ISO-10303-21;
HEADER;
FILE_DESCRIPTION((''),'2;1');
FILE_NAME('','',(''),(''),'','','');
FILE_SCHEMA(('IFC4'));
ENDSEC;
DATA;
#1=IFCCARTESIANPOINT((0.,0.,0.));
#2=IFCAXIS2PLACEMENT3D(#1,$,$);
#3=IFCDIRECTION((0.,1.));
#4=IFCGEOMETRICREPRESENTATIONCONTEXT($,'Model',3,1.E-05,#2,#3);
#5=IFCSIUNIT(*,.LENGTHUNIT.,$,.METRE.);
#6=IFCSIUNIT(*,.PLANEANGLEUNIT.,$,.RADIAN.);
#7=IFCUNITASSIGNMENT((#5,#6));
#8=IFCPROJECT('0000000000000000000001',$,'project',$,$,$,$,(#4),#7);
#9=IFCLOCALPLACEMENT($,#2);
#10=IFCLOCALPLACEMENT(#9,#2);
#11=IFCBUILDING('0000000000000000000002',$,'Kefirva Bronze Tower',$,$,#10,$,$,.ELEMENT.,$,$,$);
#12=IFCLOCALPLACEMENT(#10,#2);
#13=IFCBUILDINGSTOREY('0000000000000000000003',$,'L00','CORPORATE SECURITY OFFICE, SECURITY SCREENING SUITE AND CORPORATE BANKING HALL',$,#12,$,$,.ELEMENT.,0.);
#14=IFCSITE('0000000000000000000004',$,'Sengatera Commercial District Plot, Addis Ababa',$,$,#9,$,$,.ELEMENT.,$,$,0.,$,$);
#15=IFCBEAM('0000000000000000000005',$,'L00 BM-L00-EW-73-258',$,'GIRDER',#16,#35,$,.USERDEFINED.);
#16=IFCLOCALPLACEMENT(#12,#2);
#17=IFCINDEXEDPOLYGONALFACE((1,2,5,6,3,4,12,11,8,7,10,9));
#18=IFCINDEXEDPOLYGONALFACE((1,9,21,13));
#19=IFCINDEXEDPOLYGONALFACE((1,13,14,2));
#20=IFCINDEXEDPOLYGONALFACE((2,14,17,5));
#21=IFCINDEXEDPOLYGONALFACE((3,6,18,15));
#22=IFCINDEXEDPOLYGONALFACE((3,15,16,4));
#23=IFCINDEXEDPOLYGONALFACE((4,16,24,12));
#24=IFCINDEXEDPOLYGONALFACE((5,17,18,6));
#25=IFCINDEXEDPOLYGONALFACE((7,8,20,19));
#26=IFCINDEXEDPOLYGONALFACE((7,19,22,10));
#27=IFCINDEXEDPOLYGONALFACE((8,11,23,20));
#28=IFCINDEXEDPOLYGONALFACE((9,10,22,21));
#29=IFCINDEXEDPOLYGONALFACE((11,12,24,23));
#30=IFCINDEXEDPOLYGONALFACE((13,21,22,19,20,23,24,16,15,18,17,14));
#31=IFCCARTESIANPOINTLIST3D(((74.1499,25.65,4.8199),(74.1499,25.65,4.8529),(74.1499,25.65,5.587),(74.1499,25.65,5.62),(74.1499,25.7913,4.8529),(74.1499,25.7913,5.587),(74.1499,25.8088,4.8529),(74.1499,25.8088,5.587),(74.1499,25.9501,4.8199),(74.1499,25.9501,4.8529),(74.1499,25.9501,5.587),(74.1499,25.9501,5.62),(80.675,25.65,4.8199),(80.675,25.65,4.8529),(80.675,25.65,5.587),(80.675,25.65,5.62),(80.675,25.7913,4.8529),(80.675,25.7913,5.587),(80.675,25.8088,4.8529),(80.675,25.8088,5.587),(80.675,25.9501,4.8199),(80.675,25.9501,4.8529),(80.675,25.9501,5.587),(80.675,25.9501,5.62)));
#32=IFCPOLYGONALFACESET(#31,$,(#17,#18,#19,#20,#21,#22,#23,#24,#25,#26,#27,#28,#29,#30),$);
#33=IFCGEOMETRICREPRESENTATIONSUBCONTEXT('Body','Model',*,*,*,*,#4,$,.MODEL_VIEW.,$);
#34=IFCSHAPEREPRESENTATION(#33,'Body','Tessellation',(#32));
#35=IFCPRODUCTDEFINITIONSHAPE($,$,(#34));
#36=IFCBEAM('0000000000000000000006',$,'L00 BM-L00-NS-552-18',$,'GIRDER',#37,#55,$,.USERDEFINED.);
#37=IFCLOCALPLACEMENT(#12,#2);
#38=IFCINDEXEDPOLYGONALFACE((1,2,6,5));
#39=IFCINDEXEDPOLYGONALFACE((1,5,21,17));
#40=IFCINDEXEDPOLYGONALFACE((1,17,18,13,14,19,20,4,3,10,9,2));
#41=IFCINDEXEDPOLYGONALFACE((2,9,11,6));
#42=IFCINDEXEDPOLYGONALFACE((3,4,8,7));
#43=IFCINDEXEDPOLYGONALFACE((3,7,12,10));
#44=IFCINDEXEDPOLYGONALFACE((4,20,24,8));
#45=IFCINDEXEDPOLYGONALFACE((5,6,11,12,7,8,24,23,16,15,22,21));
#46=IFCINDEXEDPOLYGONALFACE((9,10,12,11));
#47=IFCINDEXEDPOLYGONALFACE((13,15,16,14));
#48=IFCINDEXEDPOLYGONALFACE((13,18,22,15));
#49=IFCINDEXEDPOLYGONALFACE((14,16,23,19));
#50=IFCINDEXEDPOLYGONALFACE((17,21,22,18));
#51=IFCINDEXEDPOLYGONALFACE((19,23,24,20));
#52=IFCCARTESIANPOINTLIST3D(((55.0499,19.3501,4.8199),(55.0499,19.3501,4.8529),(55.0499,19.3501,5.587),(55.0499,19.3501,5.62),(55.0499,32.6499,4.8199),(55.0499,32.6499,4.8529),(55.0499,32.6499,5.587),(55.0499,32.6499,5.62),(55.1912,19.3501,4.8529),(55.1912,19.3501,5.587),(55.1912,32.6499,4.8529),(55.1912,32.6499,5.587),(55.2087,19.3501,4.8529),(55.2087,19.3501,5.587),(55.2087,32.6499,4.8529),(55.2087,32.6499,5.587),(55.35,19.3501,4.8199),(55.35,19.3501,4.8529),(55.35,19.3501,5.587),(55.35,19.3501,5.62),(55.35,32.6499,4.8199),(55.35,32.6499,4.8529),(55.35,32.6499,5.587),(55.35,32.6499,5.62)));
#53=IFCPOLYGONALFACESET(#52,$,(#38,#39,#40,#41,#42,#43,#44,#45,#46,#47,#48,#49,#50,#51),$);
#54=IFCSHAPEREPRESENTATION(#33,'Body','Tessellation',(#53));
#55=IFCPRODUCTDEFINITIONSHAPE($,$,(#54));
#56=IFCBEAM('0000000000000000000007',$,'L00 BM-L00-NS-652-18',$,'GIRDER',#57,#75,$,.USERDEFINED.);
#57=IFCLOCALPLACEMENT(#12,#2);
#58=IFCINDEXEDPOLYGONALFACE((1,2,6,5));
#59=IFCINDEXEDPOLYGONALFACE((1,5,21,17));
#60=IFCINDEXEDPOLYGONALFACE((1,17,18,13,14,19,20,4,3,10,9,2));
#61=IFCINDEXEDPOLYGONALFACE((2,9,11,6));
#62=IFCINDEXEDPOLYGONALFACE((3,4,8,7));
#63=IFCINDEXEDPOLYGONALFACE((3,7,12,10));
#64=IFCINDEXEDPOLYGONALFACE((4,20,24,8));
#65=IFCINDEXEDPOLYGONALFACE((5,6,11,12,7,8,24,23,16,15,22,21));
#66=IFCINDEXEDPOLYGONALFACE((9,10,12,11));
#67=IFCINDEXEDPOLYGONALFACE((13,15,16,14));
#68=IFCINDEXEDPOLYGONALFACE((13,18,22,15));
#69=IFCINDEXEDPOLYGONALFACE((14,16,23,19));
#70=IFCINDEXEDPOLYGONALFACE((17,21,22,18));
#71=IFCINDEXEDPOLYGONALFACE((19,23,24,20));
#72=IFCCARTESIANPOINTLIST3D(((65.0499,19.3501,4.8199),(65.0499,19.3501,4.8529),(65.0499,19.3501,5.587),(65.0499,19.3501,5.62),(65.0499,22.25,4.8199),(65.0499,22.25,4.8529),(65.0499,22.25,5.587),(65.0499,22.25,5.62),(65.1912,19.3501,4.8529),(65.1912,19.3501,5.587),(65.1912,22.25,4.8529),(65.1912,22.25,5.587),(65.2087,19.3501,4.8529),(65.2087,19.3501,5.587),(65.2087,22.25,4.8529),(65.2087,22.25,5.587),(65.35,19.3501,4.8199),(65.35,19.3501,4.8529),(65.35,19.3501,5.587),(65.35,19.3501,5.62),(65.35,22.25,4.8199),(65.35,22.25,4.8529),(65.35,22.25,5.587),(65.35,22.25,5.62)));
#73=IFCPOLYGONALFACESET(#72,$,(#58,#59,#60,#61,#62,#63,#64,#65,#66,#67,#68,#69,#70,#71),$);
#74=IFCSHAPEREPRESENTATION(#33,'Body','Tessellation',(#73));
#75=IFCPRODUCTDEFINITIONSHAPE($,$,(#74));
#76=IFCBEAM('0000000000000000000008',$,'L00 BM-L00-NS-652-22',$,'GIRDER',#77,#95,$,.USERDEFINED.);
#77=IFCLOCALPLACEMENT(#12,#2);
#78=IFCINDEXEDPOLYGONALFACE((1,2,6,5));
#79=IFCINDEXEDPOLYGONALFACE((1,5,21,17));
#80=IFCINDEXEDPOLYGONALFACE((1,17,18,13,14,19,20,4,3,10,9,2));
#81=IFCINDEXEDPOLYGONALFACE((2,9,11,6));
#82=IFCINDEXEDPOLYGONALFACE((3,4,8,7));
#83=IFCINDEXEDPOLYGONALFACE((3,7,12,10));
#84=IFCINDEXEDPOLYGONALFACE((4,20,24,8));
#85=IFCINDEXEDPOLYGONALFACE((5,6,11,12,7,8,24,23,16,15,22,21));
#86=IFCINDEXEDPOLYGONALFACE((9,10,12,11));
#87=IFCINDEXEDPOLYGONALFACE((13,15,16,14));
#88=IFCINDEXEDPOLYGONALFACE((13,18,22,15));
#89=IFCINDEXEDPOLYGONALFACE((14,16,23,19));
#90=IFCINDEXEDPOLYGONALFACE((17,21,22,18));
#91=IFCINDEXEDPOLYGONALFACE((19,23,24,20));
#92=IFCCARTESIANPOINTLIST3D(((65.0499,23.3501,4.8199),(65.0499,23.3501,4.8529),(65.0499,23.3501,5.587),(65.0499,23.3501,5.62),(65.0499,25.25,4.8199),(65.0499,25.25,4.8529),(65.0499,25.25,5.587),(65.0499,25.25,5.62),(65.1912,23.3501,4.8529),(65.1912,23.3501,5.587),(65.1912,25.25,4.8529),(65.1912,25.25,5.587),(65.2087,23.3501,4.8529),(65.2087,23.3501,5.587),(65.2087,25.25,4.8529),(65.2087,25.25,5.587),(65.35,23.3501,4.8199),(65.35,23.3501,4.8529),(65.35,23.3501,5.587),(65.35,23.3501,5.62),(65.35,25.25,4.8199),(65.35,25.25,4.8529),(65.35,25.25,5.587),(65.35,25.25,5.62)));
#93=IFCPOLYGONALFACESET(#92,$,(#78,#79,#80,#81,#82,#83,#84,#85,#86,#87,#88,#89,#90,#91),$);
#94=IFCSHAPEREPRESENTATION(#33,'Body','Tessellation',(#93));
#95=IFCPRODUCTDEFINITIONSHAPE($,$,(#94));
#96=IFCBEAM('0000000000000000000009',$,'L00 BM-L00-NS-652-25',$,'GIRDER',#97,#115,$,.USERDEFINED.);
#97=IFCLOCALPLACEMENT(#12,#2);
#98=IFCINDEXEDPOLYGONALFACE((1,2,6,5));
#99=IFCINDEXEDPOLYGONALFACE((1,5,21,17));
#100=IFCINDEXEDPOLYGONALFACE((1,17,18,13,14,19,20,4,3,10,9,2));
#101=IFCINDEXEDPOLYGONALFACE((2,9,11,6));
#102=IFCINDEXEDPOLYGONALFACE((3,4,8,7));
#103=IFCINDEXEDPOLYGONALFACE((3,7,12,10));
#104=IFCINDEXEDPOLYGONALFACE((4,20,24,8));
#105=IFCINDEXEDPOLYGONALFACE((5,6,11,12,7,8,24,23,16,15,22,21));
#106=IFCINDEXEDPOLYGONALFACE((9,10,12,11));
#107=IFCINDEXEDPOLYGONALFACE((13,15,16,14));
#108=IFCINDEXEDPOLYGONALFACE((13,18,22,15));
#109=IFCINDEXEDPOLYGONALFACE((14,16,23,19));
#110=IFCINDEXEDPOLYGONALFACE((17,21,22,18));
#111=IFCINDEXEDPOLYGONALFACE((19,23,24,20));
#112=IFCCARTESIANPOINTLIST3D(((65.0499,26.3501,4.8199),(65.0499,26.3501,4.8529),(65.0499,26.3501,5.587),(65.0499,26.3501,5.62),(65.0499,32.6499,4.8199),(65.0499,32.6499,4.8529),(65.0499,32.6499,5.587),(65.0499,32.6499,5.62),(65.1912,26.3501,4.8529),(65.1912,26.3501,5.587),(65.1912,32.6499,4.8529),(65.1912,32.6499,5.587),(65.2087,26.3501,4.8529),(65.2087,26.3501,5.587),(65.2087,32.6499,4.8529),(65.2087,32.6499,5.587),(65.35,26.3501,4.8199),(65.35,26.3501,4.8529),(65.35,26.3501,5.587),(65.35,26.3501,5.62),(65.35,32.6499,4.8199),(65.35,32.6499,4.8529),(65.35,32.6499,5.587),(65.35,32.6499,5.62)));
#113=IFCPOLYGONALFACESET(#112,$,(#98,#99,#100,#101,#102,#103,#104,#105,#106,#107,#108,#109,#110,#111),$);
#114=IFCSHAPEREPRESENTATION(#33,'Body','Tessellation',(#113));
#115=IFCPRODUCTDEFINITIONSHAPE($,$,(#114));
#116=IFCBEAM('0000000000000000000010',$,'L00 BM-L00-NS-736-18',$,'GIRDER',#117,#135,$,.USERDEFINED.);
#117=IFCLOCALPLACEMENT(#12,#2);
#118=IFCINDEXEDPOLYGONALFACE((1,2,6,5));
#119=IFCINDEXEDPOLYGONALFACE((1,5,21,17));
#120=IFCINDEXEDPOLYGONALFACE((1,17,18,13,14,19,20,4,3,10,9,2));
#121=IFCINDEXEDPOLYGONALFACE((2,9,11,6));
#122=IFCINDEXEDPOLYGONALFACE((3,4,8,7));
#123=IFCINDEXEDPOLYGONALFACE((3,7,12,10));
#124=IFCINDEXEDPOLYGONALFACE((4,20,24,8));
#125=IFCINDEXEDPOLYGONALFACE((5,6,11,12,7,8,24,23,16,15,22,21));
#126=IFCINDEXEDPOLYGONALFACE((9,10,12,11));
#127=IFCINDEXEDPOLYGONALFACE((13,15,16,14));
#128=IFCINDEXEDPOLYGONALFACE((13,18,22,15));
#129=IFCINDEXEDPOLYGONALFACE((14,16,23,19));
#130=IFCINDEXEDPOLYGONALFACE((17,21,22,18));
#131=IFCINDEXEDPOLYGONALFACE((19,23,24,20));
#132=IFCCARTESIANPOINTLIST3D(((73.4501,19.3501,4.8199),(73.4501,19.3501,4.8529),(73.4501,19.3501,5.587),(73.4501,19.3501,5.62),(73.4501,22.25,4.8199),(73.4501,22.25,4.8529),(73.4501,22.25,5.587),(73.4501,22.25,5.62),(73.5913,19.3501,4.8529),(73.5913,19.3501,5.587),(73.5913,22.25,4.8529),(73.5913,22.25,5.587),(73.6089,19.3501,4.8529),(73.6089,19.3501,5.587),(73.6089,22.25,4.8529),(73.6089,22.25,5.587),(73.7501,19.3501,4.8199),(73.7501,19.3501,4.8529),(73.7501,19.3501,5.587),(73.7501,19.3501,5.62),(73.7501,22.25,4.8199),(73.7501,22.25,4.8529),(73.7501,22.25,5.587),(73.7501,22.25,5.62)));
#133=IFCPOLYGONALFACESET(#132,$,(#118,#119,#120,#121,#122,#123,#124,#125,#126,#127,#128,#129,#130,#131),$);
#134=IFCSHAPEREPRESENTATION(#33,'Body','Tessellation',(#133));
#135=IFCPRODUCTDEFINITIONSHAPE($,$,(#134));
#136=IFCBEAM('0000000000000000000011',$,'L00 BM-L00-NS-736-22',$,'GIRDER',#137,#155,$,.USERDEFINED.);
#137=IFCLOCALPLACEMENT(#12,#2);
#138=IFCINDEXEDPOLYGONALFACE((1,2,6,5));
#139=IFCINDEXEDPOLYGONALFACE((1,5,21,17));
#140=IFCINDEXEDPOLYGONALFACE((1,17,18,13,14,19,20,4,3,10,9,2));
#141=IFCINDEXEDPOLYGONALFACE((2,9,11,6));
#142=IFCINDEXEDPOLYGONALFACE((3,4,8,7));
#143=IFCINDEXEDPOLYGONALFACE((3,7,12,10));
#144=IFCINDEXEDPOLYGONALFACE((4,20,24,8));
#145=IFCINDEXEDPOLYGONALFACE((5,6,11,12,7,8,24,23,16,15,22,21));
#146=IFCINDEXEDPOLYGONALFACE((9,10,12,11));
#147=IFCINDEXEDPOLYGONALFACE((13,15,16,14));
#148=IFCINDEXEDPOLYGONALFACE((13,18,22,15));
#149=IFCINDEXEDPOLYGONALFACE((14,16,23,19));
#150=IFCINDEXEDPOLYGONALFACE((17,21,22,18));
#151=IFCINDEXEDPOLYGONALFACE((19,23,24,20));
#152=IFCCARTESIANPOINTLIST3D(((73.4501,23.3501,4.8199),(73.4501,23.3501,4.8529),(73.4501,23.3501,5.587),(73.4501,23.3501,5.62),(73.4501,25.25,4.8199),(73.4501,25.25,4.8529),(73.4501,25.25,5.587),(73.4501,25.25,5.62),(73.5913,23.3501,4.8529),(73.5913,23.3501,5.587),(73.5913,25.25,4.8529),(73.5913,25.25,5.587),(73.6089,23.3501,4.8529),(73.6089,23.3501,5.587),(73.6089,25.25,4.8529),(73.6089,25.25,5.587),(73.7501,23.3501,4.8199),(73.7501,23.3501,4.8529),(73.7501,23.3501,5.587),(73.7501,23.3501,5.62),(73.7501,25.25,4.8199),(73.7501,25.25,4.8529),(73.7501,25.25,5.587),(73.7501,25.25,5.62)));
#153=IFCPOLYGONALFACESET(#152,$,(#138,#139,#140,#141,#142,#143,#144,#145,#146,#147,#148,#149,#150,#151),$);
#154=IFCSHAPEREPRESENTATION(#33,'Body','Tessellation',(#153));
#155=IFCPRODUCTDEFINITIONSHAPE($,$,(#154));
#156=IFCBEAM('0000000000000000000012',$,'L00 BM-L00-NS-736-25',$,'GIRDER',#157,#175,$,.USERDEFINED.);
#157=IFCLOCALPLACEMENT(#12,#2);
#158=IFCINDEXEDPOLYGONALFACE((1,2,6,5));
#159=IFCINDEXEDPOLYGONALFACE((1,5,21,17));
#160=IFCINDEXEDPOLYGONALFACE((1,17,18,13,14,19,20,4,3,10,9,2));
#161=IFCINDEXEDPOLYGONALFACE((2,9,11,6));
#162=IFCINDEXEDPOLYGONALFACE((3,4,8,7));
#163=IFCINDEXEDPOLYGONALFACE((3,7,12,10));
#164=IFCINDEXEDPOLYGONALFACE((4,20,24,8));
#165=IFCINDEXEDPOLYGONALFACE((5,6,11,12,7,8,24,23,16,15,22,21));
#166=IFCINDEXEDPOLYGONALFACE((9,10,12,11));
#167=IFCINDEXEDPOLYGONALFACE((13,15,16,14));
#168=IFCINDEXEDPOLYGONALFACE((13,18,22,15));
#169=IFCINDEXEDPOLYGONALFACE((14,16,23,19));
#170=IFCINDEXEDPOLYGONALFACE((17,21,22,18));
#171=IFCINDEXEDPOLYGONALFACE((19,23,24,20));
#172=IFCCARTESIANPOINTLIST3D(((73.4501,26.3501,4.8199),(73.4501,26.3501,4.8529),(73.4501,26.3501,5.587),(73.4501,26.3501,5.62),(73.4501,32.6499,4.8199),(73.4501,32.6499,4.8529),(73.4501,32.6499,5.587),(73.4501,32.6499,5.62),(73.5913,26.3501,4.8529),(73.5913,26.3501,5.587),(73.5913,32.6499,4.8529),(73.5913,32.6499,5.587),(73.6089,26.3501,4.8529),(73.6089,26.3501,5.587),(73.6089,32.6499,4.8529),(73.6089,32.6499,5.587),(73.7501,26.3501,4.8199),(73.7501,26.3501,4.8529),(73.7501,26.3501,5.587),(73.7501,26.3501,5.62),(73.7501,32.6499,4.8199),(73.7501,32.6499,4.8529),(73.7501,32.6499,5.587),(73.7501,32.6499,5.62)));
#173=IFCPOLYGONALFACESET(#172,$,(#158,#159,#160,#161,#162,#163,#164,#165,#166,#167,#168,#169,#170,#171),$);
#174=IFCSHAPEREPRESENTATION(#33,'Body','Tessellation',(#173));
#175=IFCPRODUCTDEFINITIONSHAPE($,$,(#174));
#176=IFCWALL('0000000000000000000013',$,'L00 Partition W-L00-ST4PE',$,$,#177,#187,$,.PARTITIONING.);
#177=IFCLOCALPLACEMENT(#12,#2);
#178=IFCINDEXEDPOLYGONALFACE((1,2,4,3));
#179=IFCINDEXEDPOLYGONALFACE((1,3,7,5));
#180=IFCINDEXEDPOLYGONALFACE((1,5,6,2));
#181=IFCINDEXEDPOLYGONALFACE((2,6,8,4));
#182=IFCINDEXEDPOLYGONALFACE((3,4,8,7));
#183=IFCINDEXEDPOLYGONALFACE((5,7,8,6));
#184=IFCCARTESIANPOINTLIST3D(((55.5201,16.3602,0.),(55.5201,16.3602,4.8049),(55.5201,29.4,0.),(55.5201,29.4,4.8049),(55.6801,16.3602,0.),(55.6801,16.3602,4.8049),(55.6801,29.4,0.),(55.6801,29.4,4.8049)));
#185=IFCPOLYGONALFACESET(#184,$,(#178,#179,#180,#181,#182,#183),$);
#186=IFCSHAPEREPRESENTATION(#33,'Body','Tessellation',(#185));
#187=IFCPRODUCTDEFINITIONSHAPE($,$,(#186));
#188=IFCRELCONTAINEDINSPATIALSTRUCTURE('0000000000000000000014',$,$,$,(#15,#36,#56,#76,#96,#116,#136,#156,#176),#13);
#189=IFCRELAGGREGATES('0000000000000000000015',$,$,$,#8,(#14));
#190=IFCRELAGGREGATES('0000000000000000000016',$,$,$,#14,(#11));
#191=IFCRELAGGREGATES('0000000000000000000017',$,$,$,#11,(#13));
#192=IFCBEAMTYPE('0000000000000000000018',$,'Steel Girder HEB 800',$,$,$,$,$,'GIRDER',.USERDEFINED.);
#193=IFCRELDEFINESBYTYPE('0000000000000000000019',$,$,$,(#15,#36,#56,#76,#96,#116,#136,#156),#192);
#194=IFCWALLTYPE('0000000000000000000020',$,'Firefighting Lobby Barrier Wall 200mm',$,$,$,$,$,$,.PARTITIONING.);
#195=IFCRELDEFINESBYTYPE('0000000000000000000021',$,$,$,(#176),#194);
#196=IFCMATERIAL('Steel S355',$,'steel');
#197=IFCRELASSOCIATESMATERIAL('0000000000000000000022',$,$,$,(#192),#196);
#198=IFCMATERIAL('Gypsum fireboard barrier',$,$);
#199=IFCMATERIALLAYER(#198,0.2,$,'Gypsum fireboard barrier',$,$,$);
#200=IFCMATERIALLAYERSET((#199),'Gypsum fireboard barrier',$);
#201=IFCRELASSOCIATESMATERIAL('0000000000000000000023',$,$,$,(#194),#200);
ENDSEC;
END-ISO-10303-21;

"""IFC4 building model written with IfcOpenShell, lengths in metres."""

from ifc_helpers import new_model, si_unit, direction, frame, frame_2d, origin, origin_2d, place, context, subcontext, project, spatial, rectangle, i_section, extrude, material, layer, layer_set, material_profile, profile_set, type_object, element, save


model = new_model("IFC4")

# Units and contexts
model_context = context("Model", 3, precision=1e-05, world=origin(), true_north=direction((0.0, 1.0)))
body_context = subcontext(model_context, "Body", "Model", "MODEL_VIEW")
ifc_project = project(units=[si_unit("LENGTHUNIT", "METRE"), si_unit("PLANEANGLEUNIT", "RADIAN")], contexts=[model_context])

# Site, building, storey
site_placement = place(None, origin())
site = spatial("IfcSite", under=ifc_project, at=site_placement, Name="Sengatera Commercial District Plot, Addis Ababa", CompositionType="ELEMENT", RefElevation=0.0)
building_placement = place(site_placement, origin())
building = spatial("IfcBuilding", under=site, at=building_placement, Name="Kefirva Bronze Tower", CompositionType="ELEMENT")
storey_placement = place(building_placement, origin())
storey = spatial("IfcBuildingStorey", under=building, at=storey_placement, Name="L00", Description="CORPORATE SECURITY OFFICE, SECURITY SCREENING SUITE AND CORPORATE BANKING HALL", CompositionType="ELEMENT", Elevation=0.0)

# Beams
ifc_material_1 = material(Name="Steel S355", Category="steel")
ifc_material_profile_1 = material_profile(ifc_material_1, i_section(OverallWidth=0.3, OverallDepth=0.8, WebThickness=0.0176, FlangeThickness=0.033, at=origin_2d()), Name="HEB 800")
ifc_profile_set_1 = profile_set([ifc_material_profile_1], Name="Steel S355")
beam_type = type_object("IfcBeamType", Name="Steel Girder HEB 800", ElementType="GIRDER", PredefinedType="USERDEFINED", material=ifc_profile_set_1)
beam_1_placement = place(storey_placement, frame((74.1499, 25.8, 5.22), z_axis=(1.0, 0.0, 0.0), x_axis=(0.0, 1.0, 0.0)))
element("IfcBeam", 1, at=beam_1_placement, inside=storey, type_object=beam_type, Name="L00 BM-L00-EW-73-258", ObjectType="GIRDER", PredefinedType="USERDEFINED", context=body_context, shape_type="SweptSolid", body=[
    extrude(i_section(OverallWidth=0.3, OverallDepth=0.8, WebThickness=0.0176, FlangeThickness=0.033, at=origin_2d()), origin(), (0.0, 0.0, 1.0), 6.5251),
])
beam_2_placement = place(storey_placement, frame((55.2, 19.3501, 5.22), z_axis=(0.0, 1.0, 0.0), x_axis=(-1.0, 0.0, 0.0)))
element("IfcBeam", 2, at=beam_2_placement, inside=storey, type_object=beam_type, Name="L00 BM-L00-NS-552-18", ObjectType="GIRDER", PredefinedType="USERDEFINED", context=body_context, shape_type="SweptSolid", body=[
    extrude(i_section(OverallWidth=0.3, OverallDepth=0.8, WebThickness=0.0176, FlangeThickness=0.033, at=origin_2d()), origin(), (0.0, 0.0, 1.0), 13.2998),
])
beam_3_placement = place(storey_placement, frame((65.2, 19.3501, 5.22), z_axis=(0.0, 1.0, 0.0), x_axis=(-1.0, 0.0, 0.0)))
element("IfcBeam", 3, at=beam_3_placement, inside=storey, type_object=beam_type, Name="L00 BM-L00-NS-652-18", ObjectType="GIRDER", PredefinedType="USERDEFINED", context=body_context, shape_type="SweptSolid", body=[
    extrude(i_section(OverallWidth=0.3, OverallDepth=0.8, WebThickness=0.0176, FlangeThickness=0.033, at=origin_2d()), origin(), (0.0, 0.0, 1.0), 2.8999),
])
beam_4_placement = place(storey_placement, frame((65.2, 23.3501, 5.22), z_axis=(0.0, 1.0, 0.0), x_axis=(-1.0, 0.0, 0.0)))
element("IfcBeam", 4, at=beam_4_placement, inside=storey, type_object=beam_type, Name="L00 BM-L00-NS-652-22", ObjectType="GIRDER", PredefinedType="USERDEFINED", context=body_context, shape_type="SweptSolid", body=[
    extrude(i_section(OverallWidth=0.3, OverallDepth=0.8, WebThickness=0.0176, FlangeThickness=0.033, at=origin_2d()), origin(), (0.0, 0.0, 1.0), 1.8999),
])
beam_5_placement = place(storey_placement, frame((65.2, 26.3501, 5.22), z_axis=(0.0, 1.0, 0.0), x_axis=(-1.0, 0.0, 0.0)))
element("IfcBeam", 5, at=beam_5_placement, inside=storey, type_object=beam_type, Name="L00 BM-L00-NS-652-25", ObjectType="GIRDER", PredefinedType="USERDEFINED", context=body_context, shape_type="SweptSolid", body=[
    extrude(i_section(OverallWidth=0.3, OverallDepth=0.8, WebThickness=0.0176, FlangeThickness=0.033, at=origin_2d()), origin(), (0.0, 0.0, 1.0), 6.2998),
])
beam_6_placement = place(storey_placement, frame((73.6001, 19.3501, 5.22), z_axis=(0.0, 1.0, 0.0), x_axis=(-1.0, 0.0, 0.0)))
element("IfcBeam", 6, at=beam_6_placement, inside=storey, type_object=beam_type, Name="L00 BM-L00-NS-736-18", ObjectType="GIRDER", PredefinedType="USERDEFINED", context=body_context, shape_type="SweptSolid", body=[
    extrude(i_section(OverallWidth=0.3, OverallDepth=0.8, WebThickness=0.0176, FlangeThickness=0.033, at=origin_2d()), origin(), (0.0, 0.0, 1.0), 2.8999),
])
beam_7_placement = place(storey_placement, frame((73.6001, 23.3501, 5.22), z_axis=(0.0, 1.0, 0.0), x_axis=(-1.0, 0.0, 0.0)))
element("IfcBeam", 7, at=beam_7_placement, inside=storey, type_object=beam_type, Name="L00 BM-L00-NS-736-22", ObjectType="GIRDER", PredefinedType="USERDEFINED", context=body_context, shape_type="SweptSolid", body=[
    extrude(i_section(OverallWidth=0.3, OverallDepth=0.8, WebThickness=0.0176, FlangeThickness=0.033, at=origin_2d()), origin(), (0.0, 0.0, 1.0), 1.8999),
])
beam_8_placement = place(storey_placement, frame((73.6001, 26.3501, 5.22), z_axis=(0.0, 1.0, 0.0), x_axis=(-1.0, 0.0, 0.0)))
element("IfcBeam", 8, at=beam_8_placement, inside=storey, type_object=beam_type, Name="L00 BM-L00-NS-736-25", ObjectType="GIRDER", PredefinedType="USERDEFINED", context=body_context, shape_type="SweptSolid", body=[
    extrude(i_section(OverallWidth=0.3, OverallDepth=0.8, WebThickness=0.0176, FlangeThickness=0.033, at=origin_2d()), origin(), (0.0, 0.0, 1.0), 6.2998),
])

# Wall
ifc_material_2 = material(Name="Gypsum fireboard barrier")
ifc_layer_1 = layer(ifc_material_2, 0.2, Name="Gypsum fireboard barrier")
ifc_layer_set_1 = layer_set([ifc_layer_1], Name="Gypsum fireboard barrier")
wall_type_1 = type_object("IfcWallType", Name="Firefighting Lobby Barrier Wall 200mm", PredefinedType="PARTITIONING", material=ifc_layer_set_1)
wall_1_placement = place(storey_placement, frame((55.6001, 16.3601, 0.0), z_axis=(0.0, 0.0, 1.0), x_axis=(0.0, 1.0, 0.0)))
element("IfcWall", 9, at=wall_1_placement, inside=storey, type_object=wall_type_1, Name="L00 Partition W-L00-ST4PE", PredefinedType="PARTITIONING", context=body_context, shape_type="SweptSolid", body=[
    extrude(rectangle(XDim=13.0398, YDim=0.1599, at=frame_2d((6.52, 0.0))), origin(), (0.0, 0.0, 1.0), 4.8049),
])

save(model, "model.ifc")
